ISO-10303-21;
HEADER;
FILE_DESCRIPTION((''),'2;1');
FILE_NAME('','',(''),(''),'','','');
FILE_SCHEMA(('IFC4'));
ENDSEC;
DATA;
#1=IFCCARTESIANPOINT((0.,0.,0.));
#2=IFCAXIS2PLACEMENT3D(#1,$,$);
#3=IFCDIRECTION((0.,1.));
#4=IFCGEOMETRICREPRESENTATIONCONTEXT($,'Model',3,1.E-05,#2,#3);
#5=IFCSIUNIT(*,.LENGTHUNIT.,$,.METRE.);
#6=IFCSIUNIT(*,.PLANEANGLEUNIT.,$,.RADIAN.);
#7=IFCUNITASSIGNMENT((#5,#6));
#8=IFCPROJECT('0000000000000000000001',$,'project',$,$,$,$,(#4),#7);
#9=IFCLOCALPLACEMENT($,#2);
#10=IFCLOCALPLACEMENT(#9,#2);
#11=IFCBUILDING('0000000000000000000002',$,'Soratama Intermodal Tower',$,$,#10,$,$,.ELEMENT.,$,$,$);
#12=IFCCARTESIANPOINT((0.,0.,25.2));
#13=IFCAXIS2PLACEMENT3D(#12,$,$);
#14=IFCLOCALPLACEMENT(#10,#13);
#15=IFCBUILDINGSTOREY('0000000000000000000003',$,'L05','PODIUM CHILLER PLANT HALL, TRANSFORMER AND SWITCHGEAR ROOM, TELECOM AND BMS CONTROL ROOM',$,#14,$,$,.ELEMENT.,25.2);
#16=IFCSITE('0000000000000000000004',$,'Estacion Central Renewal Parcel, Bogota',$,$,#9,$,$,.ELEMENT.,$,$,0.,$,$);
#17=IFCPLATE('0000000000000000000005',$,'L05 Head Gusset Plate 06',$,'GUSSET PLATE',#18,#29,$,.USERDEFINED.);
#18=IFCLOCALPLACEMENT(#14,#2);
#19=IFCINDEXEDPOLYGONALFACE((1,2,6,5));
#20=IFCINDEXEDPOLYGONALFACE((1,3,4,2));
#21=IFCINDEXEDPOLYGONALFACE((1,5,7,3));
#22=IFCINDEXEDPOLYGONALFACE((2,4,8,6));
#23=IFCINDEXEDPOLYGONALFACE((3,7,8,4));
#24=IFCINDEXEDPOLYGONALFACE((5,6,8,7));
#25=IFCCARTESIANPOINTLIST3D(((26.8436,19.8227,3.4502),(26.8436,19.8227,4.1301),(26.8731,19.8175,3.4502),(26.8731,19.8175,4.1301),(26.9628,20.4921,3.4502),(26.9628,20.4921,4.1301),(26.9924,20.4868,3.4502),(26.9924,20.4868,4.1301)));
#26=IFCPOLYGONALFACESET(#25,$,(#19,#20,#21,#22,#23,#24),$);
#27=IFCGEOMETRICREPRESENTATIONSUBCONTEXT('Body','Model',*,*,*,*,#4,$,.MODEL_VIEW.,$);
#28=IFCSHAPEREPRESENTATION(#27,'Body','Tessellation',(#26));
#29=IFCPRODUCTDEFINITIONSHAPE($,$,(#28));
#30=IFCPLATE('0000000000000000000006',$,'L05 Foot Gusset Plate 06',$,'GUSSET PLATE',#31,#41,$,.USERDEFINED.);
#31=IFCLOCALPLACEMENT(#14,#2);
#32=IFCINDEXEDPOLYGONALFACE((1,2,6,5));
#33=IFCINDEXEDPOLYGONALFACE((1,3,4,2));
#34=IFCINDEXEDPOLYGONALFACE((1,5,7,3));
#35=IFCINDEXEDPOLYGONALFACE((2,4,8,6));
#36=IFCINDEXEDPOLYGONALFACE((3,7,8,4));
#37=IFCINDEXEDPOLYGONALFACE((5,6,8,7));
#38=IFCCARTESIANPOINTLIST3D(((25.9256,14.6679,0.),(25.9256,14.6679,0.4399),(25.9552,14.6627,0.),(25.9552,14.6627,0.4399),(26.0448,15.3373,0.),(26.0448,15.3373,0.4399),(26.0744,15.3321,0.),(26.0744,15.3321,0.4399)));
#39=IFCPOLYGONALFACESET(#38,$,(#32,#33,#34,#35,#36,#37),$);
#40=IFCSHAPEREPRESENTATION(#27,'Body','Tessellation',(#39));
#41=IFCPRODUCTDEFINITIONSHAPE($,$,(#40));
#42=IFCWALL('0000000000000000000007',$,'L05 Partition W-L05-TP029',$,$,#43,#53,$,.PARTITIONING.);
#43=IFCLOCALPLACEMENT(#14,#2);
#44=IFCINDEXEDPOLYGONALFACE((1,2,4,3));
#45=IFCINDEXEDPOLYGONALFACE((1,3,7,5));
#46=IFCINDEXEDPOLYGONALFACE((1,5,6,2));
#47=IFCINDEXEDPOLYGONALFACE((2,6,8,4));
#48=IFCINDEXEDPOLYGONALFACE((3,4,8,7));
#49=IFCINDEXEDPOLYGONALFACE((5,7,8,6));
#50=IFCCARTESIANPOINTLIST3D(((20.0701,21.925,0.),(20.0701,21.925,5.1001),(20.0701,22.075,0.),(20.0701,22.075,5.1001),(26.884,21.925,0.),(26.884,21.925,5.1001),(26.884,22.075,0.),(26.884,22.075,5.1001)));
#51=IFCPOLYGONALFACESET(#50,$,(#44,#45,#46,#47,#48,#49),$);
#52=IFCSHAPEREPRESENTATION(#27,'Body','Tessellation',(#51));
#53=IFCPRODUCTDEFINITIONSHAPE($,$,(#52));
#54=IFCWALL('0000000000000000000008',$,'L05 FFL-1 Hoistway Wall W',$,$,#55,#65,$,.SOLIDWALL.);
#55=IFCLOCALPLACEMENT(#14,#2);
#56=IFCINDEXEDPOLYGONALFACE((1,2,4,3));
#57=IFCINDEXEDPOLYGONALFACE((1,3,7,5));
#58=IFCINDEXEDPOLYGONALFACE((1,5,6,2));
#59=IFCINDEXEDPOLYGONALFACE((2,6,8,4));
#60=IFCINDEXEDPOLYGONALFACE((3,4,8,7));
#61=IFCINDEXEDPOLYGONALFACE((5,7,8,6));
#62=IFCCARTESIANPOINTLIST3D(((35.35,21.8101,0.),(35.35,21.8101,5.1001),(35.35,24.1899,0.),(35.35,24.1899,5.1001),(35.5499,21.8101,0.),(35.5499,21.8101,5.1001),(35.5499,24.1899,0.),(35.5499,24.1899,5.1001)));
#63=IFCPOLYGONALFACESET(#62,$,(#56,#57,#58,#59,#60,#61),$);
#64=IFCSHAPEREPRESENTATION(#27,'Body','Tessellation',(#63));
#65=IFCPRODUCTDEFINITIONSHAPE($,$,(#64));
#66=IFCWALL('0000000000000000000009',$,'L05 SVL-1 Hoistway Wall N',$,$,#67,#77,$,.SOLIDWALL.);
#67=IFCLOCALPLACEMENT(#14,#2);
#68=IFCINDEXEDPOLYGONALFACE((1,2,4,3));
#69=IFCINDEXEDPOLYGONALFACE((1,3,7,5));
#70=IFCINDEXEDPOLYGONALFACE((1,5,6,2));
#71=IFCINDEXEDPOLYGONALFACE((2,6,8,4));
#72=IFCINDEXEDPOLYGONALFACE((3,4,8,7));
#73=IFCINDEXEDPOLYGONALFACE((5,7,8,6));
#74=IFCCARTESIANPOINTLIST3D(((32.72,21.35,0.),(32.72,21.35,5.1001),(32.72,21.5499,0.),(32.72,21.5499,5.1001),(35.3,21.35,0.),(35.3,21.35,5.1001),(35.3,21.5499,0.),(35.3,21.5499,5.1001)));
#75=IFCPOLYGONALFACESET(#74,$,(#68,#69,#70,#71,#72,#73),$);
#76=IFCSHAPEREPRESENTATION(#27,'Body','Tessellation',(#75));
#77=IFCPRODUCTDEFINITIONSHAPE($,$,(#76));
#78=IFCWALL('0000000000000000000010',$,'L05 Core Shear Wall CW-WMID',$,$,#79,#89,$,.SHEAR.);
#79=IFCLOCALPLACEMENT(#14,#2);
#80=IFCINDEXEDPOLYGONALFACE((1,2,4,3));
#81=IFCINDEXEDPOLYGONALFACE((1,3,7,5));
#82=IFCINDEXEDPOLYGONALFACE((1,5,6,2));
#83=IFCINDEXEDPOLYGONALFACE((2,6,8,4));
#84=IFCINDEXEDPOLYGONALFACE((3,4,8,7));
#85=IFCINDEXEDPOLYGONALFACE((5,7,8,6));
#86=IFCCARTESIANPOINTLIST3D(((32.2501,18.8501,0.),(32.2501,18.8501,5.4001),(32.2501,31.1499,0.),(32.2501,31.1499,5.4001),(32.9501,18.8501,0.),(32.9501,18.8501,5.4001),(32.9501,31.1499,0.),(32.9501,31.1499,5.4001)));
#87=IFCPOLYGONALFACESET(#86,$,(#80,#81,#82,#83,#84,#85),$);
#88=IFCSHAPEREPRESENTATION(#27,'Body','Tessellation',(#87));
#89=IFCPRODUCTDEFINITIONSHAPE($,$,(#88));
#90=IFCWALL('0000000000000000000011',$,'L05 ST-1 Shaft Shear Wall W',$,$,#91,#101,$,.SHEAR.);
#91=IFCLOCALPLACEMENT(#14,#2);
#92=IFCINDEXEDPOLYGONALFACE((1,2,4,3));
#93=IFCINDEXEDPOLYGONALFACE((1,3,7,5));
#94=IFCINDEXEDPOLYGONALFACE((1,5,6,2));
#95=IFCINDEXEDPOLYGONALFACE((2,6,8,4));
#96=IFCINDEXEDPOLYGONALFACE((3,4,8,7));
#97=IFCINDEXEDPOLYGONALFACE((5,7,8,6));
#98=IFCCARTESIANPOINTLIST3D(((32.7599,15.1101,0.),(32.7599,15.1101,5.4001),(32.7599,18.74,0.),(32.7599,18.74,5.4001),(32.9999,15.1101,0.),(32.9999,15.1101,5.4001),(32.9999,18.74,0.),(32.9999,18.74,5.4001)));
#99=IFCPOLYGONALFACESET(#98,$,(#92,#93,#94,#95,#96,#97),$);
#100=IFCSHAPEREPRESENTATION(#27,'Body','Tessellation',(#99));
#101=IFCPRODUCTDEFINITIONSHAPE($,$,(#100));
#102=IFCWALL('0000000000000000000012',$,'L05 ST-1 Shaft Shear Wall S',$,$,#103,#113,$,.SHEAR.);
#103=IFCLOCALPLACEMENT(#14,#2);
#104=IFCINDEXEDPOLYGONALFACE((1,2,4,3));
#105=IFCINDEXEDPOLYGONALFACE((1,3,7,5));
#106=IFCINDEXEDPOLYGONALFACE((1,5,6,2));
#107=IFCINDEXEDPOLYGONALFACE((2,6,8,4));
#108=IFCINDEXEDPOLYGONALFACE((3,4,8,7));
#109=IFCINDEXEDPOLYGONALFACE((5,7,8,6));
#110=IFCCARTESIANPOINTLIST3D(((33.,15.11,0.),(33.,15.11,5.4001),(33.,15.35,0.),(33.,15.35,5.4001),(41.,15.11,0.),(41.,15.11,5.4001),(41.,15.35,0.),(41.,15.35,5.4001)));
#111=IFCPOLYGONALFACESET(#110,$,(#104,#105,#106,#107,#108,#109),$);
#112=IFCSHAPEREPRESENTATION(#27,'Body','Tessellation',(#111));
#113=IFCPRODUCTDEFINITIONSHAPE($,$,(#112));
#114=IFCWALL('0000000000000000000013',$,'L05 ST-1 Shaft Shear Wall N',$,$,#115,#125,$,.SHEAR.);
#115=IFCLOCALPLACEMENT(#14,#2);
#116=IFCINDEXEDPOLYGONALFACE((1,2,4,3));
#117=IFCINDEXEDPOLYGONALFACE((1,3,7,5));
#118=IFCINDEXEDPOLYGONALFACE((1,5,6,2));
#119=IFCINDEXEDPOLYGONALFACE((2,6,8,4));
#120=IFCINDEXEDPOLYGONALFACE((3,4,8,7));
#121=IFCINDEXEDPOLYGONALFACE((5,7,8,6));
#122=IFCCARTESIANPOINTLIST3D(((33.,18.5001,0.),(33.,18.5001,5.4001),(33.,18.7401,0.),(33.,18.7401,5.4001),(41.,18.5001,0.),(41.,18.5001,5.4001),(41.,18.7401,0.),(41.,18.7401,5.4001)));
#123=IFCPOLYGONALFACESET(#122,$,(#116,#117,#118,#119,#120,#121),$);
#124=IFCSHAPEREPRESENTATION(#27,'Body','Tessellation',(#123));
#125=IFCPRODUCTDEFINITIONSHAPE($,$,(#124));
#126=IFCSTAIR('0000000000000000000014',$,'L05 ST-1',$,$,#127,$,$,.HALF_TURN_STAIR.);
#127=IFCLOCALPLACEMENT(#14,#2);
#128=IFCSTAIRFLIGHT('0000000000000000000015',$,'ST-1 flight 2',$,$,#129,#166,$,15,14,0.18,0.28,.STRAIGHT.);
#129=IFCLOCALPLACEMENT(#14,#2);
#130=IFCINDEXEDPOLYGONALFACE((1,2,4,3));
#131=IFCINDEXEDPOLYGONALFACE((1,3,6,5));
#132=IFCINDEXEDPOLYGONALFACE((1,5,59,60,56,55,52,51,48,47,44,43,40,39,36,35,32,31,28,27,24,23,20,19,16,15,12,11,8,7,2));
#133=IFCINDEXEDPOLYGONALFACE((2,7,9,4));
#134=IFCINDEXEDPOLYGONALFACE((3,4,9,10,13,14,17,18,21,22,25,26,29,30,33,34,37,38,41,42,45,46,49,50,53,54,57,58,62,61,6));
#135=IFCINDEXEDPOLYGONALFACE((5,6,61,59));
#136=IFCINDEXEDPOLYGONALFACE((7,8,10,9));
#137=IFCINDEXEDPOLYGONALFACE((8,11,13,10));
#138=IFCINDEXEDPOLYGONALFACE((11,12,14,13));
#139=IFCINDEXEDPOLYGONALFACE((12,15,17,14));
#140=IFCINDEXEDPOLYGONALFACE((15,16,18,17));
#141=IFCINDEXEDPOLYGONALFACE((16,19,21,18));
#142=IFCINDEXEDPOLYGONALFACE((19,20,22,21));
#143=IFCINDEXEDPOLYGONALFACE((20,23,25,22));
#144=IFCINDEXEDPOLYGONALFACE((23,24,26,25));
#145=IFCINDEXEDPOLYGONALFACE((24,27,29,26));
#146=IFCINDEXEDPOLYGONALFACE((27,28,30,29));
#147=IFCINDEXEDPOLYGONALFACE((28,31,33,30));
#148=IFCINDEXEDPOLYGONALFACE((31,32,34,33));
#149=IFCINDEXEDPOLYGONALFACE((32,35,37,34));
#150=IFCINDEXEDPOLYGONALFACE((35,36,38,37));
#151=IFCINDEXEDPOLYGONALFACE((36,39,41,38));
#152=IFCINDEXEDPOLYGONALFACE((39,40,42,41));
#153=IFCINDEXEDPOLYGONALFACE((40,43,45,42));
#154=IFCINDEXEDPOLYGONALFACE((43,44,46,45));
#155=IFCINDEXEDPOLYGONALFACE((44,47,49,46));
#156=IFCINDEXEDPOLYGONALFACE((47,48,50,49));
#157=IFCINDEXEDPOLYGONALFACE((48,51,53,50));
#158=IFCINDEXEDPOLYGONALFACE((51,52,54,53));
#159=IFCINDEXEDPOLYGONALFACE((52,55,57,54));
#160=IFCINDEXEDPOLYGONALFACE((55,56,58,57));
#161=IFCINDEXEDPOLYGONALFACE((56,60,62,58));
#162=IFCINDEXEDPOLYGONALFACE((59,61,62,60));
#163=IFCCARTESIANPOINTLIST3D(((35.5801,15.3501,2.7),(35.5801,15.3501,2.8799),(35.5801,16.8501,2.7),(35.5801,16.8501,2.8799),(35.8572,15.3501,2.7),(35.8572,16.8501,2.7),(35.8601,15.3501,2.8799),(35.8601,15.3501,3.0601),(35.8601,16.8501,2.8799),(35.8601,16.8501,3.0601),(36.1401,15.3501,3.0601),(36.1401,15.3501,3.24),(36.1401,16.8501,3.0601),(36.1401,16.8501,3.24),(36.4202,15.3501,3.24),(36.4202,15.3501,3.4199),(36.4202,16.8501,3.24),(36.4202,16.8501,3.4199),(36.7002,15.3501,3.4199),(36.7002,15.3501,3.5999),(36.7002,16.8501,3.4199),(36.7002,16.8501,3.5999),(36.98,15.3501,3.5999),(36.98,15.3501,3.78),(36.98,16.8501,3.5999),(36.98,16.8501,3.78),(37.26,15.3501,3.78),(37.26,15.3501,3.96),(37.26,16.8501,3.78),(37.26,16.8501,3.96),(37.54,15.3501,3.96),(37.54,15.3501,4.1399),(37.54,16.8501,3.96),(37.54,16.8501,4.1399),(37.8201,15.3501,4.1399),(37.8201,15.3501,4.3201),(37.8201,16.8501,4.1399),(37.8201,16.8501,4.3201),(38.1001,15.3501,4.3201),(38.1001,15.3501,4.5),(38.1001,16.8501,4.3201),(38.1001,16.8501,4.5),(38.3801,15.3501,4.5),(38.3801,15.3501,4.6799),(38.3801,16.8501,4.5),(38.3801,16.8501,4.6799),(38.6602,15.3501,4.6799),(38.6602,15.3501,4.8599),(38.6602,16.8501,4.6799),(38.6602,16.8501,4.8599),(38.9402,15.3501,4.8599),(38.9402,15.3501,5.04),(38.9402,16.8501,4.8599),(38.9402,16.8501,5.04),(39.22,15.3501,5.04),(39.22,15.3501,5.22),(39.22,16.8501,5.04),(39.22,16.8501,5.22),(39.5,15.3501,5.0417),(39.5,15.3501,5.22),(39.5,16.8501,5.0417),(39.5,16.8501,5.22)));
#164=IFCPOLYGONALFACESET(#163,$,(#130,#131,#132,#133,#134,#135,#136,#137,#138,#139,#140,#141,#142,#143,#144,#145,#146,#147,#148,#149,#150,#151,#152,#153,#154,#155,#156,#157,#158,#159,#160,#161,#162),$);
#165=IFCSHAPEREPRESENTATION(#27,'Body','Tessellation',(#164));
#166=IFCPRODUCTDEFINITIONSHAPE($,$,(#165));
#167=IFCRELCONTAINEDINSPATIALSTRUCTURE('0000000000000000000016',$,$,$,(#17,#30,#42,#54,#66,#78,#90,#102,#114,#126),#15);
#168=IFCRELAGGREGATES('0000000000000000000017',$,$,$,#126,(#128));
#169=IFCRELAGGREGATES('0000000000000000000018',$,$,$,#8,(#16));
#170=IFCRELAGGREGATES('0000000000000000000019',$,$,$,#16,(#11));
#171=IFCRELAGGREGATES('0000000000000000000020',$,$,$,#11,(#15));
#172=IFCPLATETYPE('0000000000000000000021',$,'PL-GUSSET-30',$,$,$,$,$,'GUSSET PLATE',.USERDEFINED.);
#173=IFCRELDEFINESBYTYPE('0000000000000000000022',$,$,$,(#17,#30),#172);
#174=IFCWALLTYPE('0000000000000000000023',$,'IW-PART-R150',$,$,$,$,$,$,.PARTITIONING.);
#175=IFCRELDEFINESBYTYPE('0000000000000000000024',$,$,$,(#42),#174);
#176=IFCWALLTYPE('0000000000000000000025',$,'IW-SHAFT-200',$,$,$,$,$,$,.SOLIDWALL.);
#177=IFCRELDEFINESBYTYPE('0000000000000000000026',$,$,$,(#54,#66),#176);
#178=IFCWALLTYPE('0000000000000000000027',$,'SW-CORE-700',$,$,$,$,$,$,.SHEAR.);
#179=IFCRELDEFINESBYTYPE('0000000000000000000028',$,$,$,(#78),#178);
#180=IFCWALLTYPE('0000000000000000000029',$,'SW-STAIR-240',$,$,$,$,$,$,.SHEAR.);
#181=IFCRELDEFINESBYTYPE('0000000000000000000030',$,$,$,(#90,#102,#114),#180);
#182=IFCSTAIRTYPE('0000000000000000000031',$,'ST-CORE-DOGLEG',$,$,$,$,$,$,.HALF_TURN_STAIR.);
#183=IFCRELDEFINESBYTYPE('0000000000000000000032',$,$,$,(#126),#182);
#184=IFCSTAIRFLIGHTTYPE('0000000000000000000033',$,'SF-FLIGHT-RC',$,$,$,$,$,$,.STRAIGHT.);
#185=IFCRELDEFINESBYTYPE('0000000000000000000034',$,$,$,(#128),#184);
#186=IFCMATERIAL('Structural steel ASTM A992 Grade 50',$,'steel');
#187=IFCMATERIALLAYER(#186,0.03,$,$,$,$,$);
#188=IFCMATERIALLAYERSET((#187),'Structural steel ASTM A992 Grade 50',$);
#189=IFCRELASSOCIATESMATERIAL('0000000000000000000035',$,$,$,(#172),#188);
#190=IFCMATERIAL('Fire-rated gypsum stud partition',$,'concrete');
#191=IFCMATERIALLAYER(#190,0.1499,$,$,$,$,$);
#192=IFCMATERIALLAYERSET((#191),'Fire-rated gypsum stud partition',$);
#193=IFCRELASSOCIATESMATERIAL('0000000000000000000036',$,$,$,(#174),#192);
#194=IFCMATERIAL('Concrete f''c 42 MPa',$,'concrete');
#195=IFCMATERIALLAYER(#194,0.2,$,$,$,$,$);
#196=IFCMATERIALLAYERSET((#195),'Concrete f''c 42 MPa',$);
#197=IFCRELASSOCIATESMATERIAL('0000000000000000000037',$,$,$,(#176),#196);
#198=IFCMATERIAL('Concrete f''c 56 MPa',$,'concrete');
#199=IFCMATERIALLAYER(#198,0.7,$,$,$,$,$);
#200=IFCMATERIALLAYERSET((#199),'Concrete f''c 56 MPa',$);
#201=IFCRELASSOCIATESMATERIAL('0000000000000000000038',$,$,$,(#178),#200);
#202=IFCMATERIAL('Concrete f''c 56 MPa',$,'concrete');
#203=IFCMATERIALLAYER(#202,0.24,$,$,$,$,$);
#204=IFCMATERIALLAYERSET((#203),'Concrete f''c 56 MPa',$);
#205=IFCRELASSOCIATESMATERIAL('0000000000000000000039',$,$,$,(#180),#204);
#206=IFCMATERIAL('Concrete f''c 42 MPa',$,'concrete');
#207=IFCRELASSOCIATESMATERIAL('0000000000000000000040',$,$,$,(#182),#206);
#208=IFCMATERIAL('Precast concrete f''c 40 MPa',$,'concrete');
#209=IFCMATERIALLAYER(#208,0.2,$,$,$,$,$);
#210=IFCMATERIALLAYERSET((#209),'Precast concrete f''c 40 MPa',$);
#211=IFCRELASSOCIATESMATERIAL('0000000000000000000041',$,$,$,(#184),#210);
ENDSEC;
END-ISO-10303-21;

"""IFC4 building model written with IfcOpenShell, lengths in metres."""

from ifc_helpers import new_model, si_unit, direction, frame, frame_2d, origin, origin_2d, place, context, subcontext, project, spatial, polyline, rectangle, outline, extrude, material, layer, layer_set, type_object, element, aggregate, save


model = new_model("IFC4")

# Units and contexts
model_context = context("Model", 3, precision=1e-05, world=origin(), true_north=direction((0.0, 1.0)))
body_context = subcontext(model_context, "Body", "Model", "MODEL_VIEW")
ifc_project = project(units=[si_unit("LENGTHUNIT", "METRE"), si_unit("PLANEANGLEUNIT", "RADIAN")], contexts=[model_context])

# Site, building, storey
site_placement = place(None, origin())
site = spatial("IfcSite", under=ifc_project, at=site_placement, Name="Estacion Central Renewal Parcel, Bogota", CompositionType="ELEMENT", RefElevation=0.0)
building_placement = place(site_placement, origin())
building = spatial("IfcBuilding", under=site, at=building_placement, Name="Soratama Intermodal Tower", CompositionType="ELEMENT")
storey_placement = place(building_placement, frame((0.0, 0.0, 25.2)))
storey = spatial("IfcBuildingStorey", under=building, at=storey_placement, Name="L05", Description="PODIUM CHILLER PLANT HALL, TRANSFORMER AND SWITCHGEAR ROOM, TELECOM AND BMS CONTROL ROOM", CompositionType="ELEMENT", Elevation=25.2)

# Plates
ifc_material_1 = material(Name="Structural steel ASTM A992 Grade 50", Category="steel")
ifc_layer_1 = layer(ifc_material_1, 0.03)
ifc_layer_set_1 = layer_set([ifc_layer_1], Name="Structural steel ASTM A992 Grade 50")
plate_type = type_object("IfcPlateType", Name="PL-GUSSET-30", ElementType="GUSSET PLATE", PredefinedType="USERDEFINED", material=ifc_layer_set_1)
plate_1_placement = place(storey_placement, frame((26.918, 20.1548, 3.4502), z_axis=(0.0, 0.0, 1.0), x_axis=(0.175367, 0.984503, 0.0)))
element("IfcPlate", 1, at=plate_1_placement, inside=storey, type_object=plate_type, Name="L05 Head Gusset Plate 06", ObjectType="GUSSET PLATE", PredefinedType="USERDEFINED", context=body_context, shape_type="SweptSolid", body=[
    extrude(rectangle(XDim=0.6799, YDim=0.03, at=origin_2d()), origin(), (0.0, 0.0, 1.0), 0.6799),
])
plate_2_placement = place(storey_placement, frame((26.0, 15.0, 0.0), z_axis=(0.0, 0.0, 1.0), x_axis=(0.175367, 0.984503, 0.0)))
element("IfcPlate", 2, at=plate_2_placement, inside=storey, type_object=plate_type, Name="L05 Foot Gusset Plate 06", ObjectType="GUSSET PLATE", PredefinedType="USERDEFINED", context=body_context, shape_type="SweptSolid", body=[
    extrude(rectangle(XDim=0.6799, YDim=0.03, at=origin_2d()), origin(), (0.0, 0.0, 1.0), 0.4399),
])

# Wall
ifc_material_2 = material(Name="Fire-rated gypsum stud partition", Category="concrete")
ifc_layer_2 = layer(ifc_material_2, 0.1499)
ifc_layer_set_2 = layer_set([ifc_layer_2], Name="Fire-rated gypsum stud partition")
wall_type_1 = type_object("IfcWallType", Name="IW-PART-R150", PredefinedType="PARTITIONING", material=ifc_layer_set_2)
wall_1_placement = place(storey_placement, frame((26.884, 22.0, 0.0), z_axis=(0.0, 0.0, 1.0), x_axis=(-1.0, 0.0, 0.0)))
element("IfcWall", 3, at=wall_1_placement, inside=storey, type_object=wall_type_1, Name="L05 Partition W-L05-TP029", PredefinedType="PARTITIONING", context=body_context, shape_type="SweptSolid", body=[
    extrude(rectangle(XDim=6.814, YDim=0.1499, at=frame_2d((3.407, 0.0))), origin(), (0.0, 0.0, 1.0), 5.1001),
])

# Shared definitions
ifc_material_3 = material(Name="Concrete f'c 42 MPa", Category="concrete")
ifc_layer_3 = layer(ifc_material_3, 0.2)
ifc_layer_set_3 = layer_set([ifc_layer_3], Name="Concrete f'c 42 MPa")
wall_type_2 = type_object("IfcWallType", Name="IW-SHAFT-200", PredefinedType="SOLIDWALL", material=ifc_layer_set_3)

# Walls
wall_2_placement = place(storey_placement, frame((35.45, 21.8101, 0.0), z_axis=(0.0, 0.0, 1.0), x_axis=(0.0, 1.0, 0.0)))
element("IfcWall", 4, at=wall_2_placement, inside=storey, type_object=wall_type_2, Name="L05 FFL-1 Hoistway Wall W", PredefinedType="SOLIDWALL", context=body_context, shape_type="SweptSolid", body=[
    extrude(rectangle(XDim=2.3799, YDim=0.2, at=frame_2d((1.1899, 0.0))), origin(), (0.0, 0.0, 1.0), 5.1001),
])
wall_3_placement = place(storey_placement, frame((32.72, 21.45, 0.0), z_axis=(0.0, 0.0, 1.0), x_axis=(1.0, 0.0, 0.0)))
element("IfcWall", 5, at=wall_3_placement, inside=storey, type_object=wall_type_2, Name="L05 SVL-1 Hoistway Wall N", PredefinedType="SOLIDWALL", context=body_context, shape_type="SweptSolid", body=[
    extrude(rectangle(XDim=2.5801, YDim=0.2, at=frame_2d((1.29, 0.0))), origin(), (0.0, 0.0, 1.0), 5.1001),
])

# Walls
ifc_material_4 = material(Name="Concrete f'c 56 MPa", Category="concrete")
ifc_layer_4 = layer(ifc_material_4, 0.7)
ifc_layer_set_4 = layer_set([ifc_layer_4], Name="Concrete f'c 56 MPa")
wall_type_3 = type_object("IfcWallType", Name="SW-CORE-700", PredefinedType="SHEAR", material=ifc_layer_set_4)
wall_4_placement = place(storey_placement, frame((32.6001, 18.8501, 0.0), z_axis=(0.0, 0.0, 1.0), x_axis=(0.0, 1.0, 0.0)))
element("IfcWall", 6, at=wall_4_placement, inside=storey, type_object=wall_type_3, Name="L05 Core Shear Wall CW-WMID", PredefinedType="SHEAR", context=body_context, shape_type="SweptSolid", body=[
    extrude(rectangle(XDim=12.2998, YDim=0.7, at=frame_2d((6.1499, 0.0))), origin(), (0.0, 0.0, 1.0), 5.4001),
])
ifc_material_5 = material(Name="Concrete f'c 56 MPa", Category="concrete")
ifc_layer_5 = layer(ifc_material_5, 0.24)
ifc_layer_set_5 = layer_set([ifc_layer_5], Name="Concrete f'c 56 MPa")
wall_type_4 = type_object("IfcWallType", Name="SW-STAIR-240", PredefinedType="SHEAR", material=ifc_layer_set_5)
wall_5_placement = place(storey_placement, frame((32.8799, 15.1101, 0.0), z_axis=(0.0, 0.0, 1.0), x_axis=(0.0, 1.0, 0.0)))
element("IfcWall", 7, at=wall_5_placement, inside=storey, type_object=wall_type_4, Name="L05 ST-1 Shaft Shear Wall W", PredefinedType="SHEAR", context=body_context, shape_type="SweptSolid", body=[
    extrude(rectangle(XDim=3.6299, YDim=0.24, at=frame_2d((1.8149, 0.0))), origin(), (0.0, 0.0, 1.0), 5.4001),
])
for number, where, z_axis, x_axis, name in (
    (8, (33.0, 15.23, 0.0), (0.0, 0.0, 1.0), (1.0, 0.0, 0.0), "L05 ST-1 Shaft Shear Wall S"),
    (9, (33.0, 18.6201, 0.0), (0.0, 0.0, 1.0), (1.0, 0.0, 0.0), "L05 ST-1 Shaft Shear Wall N"),
):
    element("IfcWall", number, at=place(storey_placement, frame(where, z_axis=z_axis, x_axis=x_axis)), inside=storey, type_object=wall_type_4, Name=name, PredefinedType="SHEAR", context=body_context, shape_type="SweptSolid", body=[
        extrude(rectangle(XDim=8.0, YDim=0.24, at=frame_2d((4.0, 0.0))), origin(), (0.0, 0.0, 1.0), 5.4001),
    ])

# Stair, stair flight
ifc_material_6 = material(Name="Concrete f'c 42 MPa", Category="concrete")
stair_type = type_object("IfcStairType", Name="ST-CORE-DOGLEG", PredefinedType="HALF_TURN_STAIR", material=ifc_material_6)
stair_placement = place(storey_placement, origin())
stair = element("IfcStair", 10, at=stair_placement, inside=storey, type_object=stair_type, Name="L05 ST-1", PredefinedType="HALF_TURN_STAIR")
ifc_material_7 = material(Name="Precast concrete f'c 40 MPa", Category="concrete")
ifc_layer_6 = layer(ifc_material_7, 0.2)
ifc_layer_set_6 = layer_set([ifc_layer_6], Name="Precast concrete f'c 40 MPa")
stair_flight_type = type_object("IfcStairFlightType", Name="SF-FLIGHT-RC", PredefinedType="STRAIGHT", material=ifc_layer_set_6)
stair_flight_placement = place(storey_placement, frame((35.5801, 16.1001, 2.7), z_axis=(0.0, 0.0, 1.0), x_axis=(1.0, 0.0, 0.0)))
stair_flight = element("IfcStairFlight", 11, at=stair_flight_placement, type_object=stair_flight_type, Name="ST-1 flight 2", NumberOfRisers=15, NumberOfTreads=14, PredefinedType="STRAIGHT", RiserHeight=0.18, TreadLength=0.28, context=body_context, shape_type="SweptSolid", body=[
    extrude(outline(polyline([(0.0, 0.0), (0.0, 0.1799), (0.28, 0.1799), (0.28, 0.3601), (0.5601, 0.3601), (0.5601, 0.54), (0.8401, 0.54), (0.8401, 0.72), (1.1201, 0.72), (1.1201, 0.8999), (1.3999, 0.8999), (1.3999, 1.0801), (1.6799, 1.0801), (1.6799, 1.26), (1.96, 1.26), (1.96, 1.4399), (2.24, 1.4399), (2.24, 1.6201), (2.52, 1.6201), (2.52, 1.8), (2.8, 1.8), (2.8, 1.98), (3.0801, 1.98), (3.0801, 2.1599), (3.3601, 2.1599), (3.3601, 2.3401), (3.6399, 2.3401), (3.6399, 2.52), (3.9199, 2.52), (3.9199, 2.7), (3.9199, 2.3418), (0.2771, 0.0), (0.0, 0.0)])), frame((0.0, 0.75, 0.0), z_axis=(0.0, -1.0, 0.0), x_axis=(1.0, 0.0, 0.0)), (0.0, 0.0, 1.0), 1.5),
])
aggregate(stair, [stair_flight])

save(model, "model.ifc")
